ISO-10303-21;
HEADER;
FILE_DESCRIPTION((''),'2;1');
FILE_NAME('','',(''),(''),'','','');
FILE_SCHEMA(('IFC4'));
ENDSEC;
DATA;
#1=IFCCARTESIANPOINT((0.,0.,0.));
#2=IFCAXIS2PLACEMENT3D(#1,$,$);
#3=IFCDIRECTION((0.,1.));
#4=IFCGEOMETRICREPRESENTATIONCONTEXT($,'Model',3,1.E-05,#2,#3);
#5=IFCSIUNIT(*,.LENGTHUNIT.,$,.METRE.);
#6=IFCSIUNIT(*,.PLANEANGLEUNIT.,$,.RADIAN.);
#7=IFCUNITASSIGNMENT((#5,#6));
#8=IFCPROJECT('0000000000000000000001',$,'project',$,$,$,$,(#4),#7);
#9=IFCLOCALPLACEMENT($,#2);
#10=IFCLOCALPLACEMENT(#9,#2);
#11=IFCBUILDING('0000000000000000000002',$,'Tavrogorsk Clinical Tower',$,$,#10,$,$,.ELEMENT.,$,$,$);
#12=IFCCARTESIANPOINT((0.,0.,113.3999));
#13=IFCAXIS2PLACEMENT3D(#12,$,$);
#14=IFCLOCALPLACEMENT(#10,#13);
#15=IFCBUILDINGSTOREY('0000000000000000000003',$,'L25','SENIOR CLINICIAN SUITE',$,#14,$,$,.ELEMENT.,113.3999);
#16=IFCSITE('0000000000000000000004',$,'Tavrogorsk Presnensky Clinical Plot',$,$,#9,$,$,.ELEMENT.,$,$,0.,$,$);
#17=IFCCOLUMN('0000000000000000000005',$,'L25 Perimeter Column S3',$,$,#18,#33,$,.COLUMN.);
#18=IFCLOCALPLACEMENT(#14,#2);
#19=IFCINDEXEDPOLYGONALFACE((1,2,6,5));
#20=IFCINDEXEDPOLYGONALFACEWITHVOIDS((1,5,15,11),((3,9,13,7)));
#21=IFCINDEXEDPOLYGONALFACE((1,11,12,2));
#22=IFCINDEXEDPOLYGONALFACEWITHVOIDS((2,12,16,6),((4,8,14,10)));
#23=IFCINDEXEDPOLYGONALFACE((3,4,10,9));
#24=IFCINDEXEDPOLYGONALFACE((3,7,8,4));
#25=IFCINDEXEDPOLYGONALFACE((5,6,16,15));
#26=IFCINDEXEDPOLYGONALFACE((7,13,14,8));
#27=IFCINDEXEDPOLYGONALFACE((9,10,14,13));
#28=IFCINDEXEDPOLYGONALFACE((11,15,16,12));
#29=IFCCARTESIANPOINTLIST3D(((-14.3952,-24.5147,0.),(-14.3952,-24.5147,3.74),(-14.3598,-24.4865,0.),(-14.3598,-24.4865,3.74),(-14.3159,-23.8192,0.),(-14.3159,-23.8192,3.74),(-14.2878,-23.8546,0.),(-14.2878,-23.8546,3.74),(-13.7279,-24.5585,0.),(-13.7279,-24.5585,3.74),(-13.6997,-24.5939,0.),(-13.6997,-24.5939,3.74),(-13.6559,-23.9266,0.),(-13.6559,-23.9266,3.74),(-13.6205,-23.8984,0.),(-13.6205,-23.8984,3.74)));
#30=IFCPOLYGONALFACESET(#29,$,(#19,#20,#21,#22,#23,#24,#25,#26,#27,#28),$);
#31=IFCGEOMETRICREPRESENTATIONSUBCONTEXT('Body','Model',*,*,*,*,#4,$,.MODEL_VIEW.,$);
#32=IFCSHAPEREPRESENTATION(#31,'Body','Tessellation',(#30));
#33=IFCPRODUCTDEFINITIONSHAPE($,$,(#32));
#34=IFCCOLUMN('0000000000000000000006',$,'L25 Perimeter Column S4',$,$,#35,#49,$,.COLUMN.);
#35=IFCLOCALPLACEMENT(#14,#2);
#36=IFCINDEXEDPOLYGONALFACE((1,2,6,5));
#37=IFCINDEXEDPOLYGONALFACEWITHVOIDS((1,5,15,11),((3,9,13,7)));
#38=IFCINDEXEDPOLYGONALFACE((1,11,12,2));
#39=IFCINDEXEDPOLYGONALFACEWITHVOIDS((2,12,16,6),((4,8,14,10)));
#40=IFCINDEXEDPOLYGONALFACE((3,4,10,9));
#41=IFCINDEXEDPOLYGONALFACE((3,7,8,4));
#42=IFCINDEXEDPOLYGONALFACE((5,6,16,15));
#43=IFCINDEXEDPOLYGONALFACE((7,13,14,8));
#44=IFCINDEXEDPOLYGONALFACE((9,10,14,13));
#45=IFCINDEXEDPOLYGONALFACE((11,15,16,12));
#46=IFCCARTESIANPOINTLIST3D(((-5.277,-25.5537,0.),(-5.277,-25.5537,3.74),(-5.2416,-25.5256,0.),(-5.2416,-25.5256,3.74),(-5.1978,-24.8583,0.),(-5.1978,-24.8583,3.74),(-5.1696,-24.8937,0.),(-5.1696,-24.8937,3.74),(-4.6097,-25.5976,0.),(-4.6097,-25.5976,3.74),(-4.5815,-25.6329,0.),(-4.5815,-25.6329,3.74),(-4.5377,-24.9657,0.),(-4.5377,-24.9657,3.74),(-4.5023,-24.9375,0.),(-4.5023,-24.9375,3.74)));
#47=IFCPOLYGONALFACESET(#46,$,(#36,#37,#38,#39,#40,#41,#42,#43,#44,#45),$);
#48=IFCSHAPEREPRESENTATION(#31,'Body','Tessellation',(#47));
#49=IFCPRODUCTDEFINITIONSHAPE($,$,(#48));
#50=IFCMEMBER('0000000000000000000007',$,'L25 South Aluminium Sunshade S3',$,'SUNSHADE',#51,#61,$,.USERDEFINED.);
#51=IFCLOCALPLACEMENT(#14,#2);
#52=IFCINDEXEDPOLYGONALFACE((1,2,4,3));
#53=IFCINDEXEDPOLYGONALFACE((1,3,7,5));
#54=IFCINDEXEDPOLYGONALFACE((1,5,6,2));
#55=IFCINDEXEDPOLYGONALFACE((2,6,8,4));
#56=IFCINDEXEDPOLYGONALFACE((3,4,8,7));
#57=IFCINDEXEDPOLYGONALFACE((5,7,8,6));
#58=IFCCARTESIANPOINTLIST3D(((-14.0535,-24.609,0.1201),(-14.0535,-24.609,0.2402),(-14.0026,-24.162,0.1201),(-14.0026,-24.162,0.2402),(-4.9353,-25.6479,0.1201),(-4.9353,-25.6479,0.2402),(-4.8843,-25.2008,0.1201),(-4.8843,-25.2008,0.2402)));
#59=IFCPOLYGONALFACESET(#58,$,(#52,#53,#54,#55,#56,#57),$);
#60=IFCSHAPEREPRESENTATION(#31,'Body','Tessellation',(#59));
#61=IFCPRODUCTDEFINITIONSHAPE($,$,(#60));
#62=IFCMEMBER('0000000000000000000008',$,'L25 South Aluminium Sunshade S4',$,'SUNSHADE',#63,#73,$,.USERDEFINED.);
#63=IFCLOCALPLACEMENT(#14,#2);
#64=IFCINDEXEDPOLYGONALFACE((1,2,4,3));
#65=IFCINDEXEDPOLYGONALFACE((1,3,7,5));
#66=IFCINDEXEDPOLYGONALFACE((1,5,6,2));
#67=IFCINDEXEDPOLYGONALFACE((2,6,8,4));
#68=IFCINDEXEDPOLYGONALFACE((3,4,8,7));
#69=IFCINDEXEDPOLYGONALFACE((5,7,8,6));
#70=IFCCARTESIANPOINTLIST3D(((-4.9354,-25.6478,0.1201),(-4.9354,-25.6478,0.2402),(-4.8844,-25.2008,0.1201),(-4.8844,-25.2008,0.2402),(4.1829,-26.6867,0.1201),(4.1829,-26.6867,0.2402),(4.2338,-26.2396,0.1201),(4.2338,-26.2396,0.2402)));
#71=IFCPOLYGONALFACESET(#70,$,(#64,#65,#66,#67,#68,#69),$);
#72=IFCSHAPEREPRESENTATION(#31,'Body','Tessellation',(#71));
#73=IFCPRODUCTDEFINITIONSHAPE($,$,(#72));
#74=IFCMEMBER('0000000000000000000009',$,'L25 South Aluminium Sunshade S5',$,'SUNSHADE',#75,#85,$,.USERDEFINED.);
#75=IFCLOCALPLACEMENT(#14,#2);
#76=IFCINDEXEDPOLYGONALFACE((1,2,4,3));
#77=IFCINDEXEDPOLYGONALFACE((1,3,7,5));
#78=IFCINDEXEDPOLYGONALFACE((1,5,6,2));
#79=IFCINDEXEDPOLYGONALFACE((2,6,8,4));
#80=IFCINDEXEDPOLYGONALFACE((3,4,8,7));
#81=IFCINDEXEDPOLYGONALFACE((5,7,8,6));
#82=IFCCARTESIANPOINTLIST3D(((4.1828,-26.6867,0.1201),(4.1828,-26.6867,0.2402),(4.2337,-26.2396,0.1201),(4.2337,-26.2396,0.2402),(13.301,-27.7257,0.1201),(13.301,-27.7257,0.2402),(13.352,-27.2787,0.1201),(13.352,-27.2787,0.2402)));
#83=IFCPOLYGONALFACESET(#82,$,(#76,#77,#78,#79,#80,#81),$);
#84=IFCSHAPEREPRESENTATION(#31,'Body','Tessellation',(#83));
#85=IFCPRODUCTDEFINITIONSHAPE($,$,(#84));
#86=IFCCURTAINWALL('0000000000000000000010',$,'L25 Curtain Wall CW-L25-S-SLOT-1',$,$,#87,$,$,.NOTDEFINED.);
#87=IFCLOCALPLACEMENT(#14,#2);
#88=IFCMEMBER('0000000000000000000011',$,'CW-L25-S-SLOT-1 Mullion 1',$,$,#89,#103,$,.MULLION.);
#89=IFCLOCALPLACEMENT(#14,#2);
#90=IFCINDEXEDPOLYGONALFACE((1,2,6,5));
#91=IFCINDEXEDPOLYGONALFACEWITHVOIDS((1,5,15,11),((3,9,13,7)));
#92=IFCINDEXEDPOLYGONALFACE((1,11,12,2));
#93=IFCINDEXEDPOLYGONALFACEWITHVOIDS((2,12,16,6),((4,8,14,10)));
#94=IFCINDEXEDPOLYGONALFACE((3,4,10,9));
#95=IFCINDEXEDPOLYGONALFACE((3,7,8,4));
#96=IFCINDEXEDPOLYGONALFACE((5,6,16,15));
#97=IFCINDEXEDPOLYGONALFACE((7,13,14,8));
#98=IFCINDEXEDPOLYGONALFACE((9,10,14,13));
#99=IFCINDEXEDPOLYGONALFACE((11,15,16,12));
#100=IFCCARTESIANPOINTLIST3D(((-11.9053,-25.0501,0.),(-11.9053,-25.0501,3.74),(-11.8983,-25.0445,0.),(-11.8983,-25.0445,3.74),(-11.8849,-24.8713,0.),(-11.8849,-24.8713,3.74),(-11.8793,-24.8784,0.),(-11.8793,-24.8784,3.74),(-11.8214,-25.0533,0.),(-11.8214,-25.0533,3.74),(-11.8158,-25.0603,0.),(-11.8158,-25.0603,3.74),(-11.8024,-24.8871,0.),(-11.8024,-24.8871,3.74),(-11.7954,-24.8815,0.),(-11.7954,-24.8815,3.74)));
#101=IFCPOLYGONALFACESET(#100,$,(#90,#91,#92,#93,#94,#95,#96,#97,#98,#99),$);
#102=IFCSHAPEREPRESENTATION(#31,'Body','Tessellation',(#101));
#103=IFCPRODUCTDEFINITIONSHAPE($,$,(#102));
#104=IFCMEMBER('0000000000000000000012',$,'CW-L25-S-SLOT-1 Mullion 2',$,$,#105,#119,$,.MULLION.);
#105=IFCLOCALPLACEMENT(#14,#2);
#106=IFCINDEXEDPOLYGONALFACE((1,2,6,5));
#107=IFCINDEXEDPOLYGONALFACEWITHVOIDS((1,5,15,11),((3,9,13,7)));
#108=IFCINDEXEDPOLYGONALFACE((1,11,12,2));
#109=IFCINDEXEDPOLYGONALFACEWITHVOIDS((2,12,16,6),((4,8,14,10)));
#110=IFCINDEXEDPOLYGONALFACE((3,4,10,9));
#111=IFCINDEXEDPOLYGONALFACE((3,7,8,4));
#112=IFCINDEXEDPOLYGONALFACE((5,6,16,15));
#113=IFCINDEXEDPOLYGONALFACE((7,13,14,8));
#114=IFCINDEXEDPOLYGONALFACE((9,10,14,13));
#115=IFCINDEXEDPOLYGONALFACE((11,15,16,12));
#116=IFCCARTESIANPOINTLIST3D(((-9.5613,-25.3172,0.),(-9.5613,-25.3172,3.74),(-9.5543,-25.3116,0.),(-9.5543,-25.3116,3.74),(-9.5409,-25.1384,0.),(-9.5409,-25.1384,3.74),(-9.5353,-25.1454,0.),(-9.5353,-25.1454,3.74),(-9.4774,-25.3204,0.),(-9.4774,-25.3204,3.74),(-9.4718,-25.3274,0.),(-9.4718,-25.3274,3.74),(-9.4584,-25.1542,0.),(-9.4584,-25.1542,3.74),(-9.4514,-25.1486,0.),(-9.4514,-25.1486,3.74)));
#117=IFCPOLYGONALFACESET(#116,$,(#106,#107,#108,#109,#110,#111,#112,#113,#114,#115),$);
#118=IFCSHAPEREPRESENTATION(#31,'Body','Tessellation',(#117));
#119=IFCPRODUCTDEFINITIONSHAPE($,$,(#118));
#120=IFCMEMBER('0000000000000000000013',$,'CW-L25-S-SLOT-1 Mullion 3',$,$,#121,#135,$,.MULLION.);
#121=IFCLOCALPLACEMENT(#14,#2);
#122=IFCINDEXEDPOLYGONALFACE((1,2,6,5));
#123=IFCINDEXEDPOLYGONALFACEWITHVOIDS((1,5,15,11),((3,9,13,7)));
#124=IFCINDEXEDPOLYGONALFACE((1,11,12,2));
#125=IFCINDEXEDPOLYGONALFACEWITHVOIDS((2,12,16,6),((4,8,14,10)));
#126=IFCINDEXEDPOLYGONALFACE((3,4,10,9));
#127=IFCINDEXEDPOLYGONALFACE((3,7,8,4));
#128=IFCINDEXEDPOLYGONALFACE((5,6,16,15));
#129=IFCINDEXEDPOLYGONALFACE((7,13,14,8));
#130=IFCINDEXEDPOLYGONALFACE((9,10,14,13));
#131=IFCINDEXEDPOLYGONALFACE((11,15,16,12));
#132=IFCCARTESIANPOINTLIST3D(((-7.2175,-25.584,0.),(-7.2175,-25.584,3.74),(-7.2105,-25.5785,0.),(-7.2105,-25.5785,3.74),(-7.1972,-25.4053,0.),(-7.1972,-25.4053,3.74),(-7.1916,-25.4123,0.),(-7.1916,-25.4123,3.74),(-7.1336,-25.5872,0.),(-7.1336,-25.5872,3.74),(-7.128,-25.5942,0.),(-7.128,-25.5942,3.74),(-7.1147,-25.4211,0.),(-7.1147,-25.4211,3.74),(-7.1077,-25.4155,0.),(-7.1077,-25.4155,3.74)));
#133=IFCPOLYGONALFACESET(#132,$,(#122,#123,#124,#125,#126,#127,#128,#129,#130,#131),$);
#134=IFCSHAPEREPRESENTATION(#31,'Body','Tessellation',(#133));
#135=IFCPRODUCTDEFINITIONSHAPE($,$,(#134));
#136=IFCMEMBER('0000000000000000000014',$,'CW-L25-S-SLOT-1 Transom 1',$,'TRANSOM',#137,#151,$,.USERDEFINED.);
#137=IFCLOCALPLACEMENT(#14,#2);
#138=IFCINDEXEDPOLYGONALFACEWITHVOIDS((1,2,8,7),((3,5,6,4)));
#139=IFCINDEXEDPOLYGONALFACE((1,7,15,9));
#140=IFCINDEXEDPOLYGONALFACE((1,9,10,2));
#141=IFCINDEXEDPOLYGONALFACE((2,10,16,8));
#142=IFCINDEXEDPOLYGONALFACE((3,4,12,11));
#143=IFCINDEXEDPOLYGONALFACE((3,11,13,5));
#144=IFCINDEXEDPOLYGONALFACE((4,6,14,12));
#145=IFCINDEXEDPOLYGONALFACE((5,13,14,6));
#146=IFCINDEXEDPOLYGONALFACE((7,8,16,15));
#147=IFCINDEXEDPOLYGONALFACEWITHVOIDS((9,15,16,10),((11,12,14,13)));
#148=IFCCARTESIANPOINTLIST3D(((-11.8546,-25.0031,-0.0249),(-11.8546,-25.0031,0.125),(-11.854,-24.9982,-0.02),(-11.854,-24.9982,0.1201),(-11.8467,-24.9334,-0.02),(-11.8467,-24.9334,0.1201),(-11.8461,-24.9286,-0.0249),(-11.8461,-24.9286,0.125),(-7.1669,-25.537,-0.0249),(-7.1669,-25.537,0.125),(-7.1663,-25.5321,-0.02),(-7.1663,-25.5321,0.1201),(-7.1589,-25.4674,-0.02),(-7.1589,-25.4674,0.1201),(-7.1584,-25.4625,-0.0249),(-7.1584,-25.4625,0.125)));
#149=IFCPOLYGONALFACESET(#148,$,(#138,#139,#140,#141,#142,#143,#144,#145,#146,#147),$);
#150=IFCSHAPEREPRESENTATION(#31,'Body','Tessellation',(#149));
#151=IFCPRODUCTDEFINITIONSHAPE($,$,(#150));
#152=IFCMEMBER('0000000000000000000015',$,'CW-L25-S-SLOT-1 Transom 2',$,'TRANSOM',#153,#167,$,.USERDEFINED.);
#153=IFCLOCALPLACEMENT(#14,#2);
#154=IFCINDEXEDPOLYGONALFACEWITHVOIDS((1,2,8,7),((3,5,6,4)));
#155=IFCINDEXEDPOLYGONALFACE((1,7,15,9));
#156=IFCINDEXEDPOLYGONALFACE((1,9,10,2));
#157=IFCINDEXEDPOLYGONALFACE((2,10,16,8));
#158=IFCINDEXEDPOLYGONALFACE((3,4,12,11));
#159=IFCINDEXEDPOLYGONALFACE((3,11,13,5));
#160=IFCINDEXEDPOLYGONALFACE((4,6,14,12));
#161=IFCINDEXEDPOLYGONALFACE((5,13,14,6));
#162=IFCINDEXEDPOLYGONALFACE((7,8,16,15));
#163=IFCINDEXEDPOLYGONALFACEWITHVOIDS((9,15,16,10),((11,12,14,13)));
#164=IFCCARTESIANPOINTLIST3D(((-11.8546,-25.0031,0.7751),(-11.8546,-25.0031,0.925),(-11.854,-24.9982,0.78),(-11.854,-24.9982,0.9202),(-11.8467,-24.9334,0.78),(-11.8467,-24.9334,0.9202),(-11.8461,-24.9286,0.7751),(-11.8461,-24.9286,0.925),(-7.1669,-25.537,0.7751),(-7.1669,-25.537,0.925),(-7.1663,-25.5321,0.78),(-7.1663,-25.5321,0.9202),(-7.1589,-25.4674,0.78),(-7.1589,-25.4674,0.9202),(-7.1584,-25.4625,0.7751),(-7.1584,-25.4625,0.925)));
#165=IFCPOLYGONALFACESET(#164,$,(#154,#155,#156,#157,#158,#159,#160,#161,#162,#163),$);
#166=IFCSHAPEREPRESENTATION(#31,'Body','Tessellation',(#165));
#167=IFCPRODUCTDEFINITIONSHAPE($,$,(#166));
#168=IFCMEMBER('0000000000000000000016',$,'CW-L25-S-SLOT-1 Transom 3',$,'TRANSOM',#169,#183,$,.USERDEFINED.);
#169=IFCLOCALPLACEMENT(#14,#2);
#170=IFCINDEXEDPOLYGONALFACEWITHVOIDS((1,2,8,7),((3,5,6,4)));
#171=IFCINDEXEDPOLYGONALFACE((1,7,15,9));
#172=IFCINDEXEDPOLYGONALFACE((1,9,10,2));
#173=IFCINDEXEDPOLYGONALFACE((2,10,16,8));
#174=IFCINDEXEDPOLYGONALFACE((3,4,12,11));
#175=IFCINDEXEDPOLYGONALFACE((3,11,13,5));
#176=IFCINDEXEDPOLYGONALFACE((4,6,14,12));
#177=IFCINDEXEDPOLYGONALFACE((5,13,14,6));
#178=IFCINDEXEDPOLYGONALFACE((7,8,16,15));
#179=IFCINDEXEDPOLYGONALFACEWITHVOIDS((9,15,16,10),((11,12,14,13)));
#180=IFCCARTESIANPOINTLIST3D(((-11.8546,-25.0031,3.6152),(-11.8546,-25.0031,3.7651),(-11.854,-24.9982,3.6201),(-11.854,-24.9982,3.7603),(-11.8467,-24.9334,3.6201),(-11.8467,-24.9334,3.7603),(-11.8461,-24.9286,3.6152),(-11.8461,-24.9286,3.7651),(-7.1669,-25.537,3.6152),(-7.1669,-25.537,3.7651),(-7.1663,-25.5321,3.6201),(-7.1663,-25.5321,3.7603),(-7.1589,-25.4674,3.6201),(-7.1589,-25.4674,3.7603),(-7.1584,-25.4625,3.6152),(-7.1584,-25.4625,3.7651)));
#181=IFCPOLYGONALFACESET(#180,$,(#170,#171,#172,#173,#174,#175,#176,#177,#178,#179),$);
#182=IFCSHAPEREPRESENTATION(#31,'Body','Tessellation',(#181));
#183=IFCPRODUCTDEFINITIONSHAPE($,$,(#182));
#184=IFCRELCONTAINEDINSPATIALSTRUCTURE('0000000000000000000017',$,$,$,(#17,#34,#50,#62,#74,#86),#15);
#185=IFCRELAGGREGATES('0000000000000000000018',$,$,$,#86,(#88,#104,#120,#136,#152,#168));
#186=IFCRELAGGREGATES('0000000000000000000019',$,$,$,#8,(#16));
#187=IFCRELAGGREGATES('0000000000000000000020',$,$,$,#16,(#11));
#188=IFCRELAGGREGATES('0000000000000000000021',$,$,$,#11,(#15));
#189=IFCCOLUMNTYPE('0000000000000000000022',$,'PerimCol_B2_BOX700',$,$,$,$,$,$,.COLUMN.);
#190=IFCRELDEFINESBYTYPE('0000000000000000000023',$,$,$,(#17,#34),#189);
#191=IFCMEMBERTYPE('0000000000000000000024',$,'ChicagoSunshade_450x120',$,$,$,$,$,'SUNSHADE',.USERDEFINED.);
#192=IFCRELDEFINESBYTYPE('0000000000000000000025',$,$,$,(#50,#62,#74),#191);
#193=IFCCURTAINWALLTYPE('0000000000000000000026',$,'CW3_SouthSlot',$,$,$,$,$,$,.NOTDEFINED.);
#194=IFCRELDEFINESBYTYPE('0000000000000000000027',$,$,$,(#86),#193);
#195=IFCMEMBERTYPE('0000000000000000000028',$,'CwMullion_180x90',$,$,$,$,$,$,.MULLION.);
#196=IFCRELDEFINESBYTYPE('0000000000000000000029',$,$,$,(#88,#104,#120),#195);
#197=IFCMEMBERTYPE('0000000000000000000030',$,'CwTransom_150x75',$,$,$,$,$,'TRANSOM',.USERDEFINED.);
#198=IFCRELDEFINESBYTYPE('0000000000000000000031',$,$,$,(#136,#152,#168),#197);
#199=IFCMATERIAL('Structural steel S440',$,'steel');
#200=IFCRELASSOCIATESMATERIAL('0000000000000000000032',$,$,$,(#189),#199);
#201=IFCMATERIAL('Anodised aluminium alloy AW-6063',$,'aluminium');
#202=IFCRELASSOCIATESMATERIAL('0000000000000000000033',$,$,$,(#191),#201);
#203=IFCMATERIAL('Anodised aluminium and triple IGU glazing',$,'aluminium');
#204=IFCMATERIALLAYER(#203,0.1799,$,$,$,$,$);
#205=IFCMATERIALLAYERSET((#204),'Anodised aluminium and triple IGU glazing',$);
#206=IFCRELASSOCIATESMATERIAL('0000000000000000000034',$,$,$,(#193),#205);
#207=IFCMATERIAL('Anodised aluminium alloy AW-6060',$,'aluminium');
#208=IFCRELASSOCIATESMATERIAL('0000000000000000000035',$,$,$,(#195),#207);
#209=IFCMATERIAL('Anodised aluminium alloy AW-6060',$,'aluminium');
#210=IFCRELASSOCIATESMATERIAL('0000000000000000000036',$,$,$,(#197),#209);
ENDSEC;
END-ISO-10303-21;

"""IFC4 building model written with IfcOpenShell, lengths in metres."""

from ifc_helpers import new_model, si_unit, direction, frame, origin, origin_2d, place, context, subcontext, project, spatial, rectangle, hollow_rectangle, extrude, material, layer, layer_set, material_profile, profile_set, type_object, element, aggregate, save


model = new_model("IFC4")

# Units and contexts
model_context = context("Model", 3, precision=1e-05, world=origin(), true_north=direction((0.0, 1.0)))
body_context = subcontext(model_context, "Body", "Model", "MODEL_VIEW")
ifc_project = project(units=[si_unit("LENGTHUNIT", "METRE"), si_unit("PLANEANGLEUNIT", "RADIAN")], contexts=[model_context])

# Site, building, storey
site_placement = place(None, origin())
site = spatial("IfcSite", under=ifc_project, at=site_placement, Name="Tavrogorsk Presnensky Clinical Plot", CompositionType="ELEMENT", RefElevation=0.0)
building_placement = place(site_placement, origin())
building = spatial("IfcBuilding", under=site, at=building_placement, Name="Tavrogorsk Clinical Tower", CompositionType="ELEMENT")
storey_placement = place(building_placement, frame((0.0, 0.0, 113.3999)))
storey = spatial("IfcBuildingStorey", under=building, at=storey_placement, Name="L25", Description="SENIOR CLINICIAN SUITE", CompositionType="ELEMENT", Elevation=113.3999)

# Columns
ifc_material_1 = material(Name="Structural steel S440", Category="steel")
ifc_material_profile_1 = material_profile(ifc_material_1, hollow_rectangle(XDim=0.7, YDim=0.7, WallThickness=0.032, at=origin_2d()), Name="BOX-700x700x32")
ifc_profile_set_1 = profile_set([ifc_material_profile_1], Name="Structural steel S440")
column_type = type_object("IfcColumnType", Name="PerimCol_B2_BOX700", PredefinedType="COLUMN", material=ifc_profile_set_1)
for number, where, z_axis, x_axis, name in (
    (1, (-14.0078, -24.2065, 0.0), (0.0, 0.0, 1.0), (0.993572, -0.113203, 0.0), "L25 Perimeter Column S3"),
    (2, (-4.8896, -25.2456, 0.0), (0.0, 0.0, 1.0), (0.993572, -0.113203, 0.0), "L25 Perimeter Column S4"),
):
    element("IfcColumn", number, at=place(storey_placement, frame(where, z_axis=z_axis, x_axis=x_axis)), inside=storey, type_object=column_type, Name=name, PredefinedType="COLUMN", context=body_context, shape_type="SweptSolid", body=[
        extrude(hollow_rectangle(XDim=0.7, YDim=0.7, WallThickness=0.032, at=origin_2d()), origin(), (0.0, 0.0, 1.0), 3.74),
    ])

# Members
ifc_material_2 = material(Name="Anodised aluminium alloy AW-6063", Category="aluminium")
ifc_material_profile_2 = material_profile(ifc_material_2, rectangle(XDim=0.45, YDim=0.1201, at=origin_2d()), Name="ALU-SUNSHADE-450x120")
ifc_profile_set_2 = profile_set([ifc_material_profile_2], Name="Anodised aluminium alloy AW-6063")
member_type_1 = type_object("IfcMemberType", Name="ChicagoSunshade_450x120", ElementType="SUNSHADE", PredefinedType="USERDEFINED", material=ifc_profile_set_2)
for number, where, z_axis, x_axis, name in (
    (3, (-14.0281, -24.3855, 0.1802), (0.993573, -0.113196, 0.0), (0.113196, 0.993573, 0.0), "L25 South Aluminium Sunshade S3"),
    (4, (-4.9099, -25.4243, 0.1802), (0.993573, -0.113196, 0.0), (0.113196, 0.993573, 0.0), "L25 South Aluminium Sunshade S4"),
    (5, (4.2083, -26.4631, 0.1802), (0.99357, -0.113222, 0.0), (0.113222, 0.99357, 0.0), "L25 South Aluminium Sunshade S5"),
):
    element("IfcMember", number, at=place(storey_placement, frame(where, z_axis=z_axis, x_axis=x_axis)), inside=storey, type_object=member_type_1, Name=name, ObjectType="SUNSHADE", PredefinedType="USERDEFINED", context=body_context, shape_type="SweptSolid", body=[
        extrude(rectangle(XDim=0.45, YDim=0.1201, at=origin_2d()), origin(), (0.0, 0.0, 1.0), 9.1772),
    ])

# Curtain wall, members
ifc_material_3 = material(Name="Anodised aluminium and triple IGU glazing", Category="aluminium")
ifc_layer_1 = layer(ifc_material_3, 0.1799)
ifc_layer_set_1 = layer_set([ifc_layer_1], Name="Anodised aluminium and triple IGU glazing")
curtain_wall_type = type_object("IfcCurtainWallType", Name="CW3_SouthSlot", PredefinedType="NOTDEFINED", material=ifc_layer_set_1)
curtain_wall_placement = place(storey_placement, origin())
curtain_wall = element("IfcCurtainWall", 6, at=curtain_wall_placement, inside=storey, type_object=curtain_wall_type, Name="L25 Curtain Wall CW-L25-S-SLOT-1", PredefinedType="NOTDEFINED")
ifc_material_4 = material(Name="Anodised aluminium alloy AW-6060", Category="aluminium")
ifc_material_profile_3 = material_profile(ifc_material_4, hollow_rectangle(XDim=0.0901, YDim=0.1799, WallThickness=0.0063, at=origin_2d()), Name="RHS-180x90x6.3")
ifc_profile_set_3 = profile_set([ifc_material_profile_3], Name="Anodised aluminium alloy AW-6060")
member_type_2 = type_object("IfcMemberType", Name="CwMullion_180x90", PredefinedType="MULLION", material=ifc_profile_set_3)
member_1_placement = place(storey_placement, frame((-11.8503, -24.9658, 0.0), z_axis=(0.0, 0.0, 1.0), x_axis=(0.993572, -0.113203, 0.0)))
member_1 = element("IfcMember", 7, at=member_1_placement, type_object=member_type_2, Name="CW-L25-S-SLOT-1 Mullion 1", PredefinedType="MULLION", context=body_context, shape_type="SweptSolid", body=[
    extrude(hollow_rectangle(XDim=0.0901, YDim=0.1799, WallThickness=0.0063, at=origin_2d()), origin(), (0.0, 0.0, 1.0), 3.74),
])
member_2_placement = place(storey_placement, frame((-9.5063, -25.2329, 0.0), z_axis=(0.0, 0.0, 1.0), x_axis=(0.993572, -0.113203, 0.0)))
member_2 = element("IfcMember", 8, at=member_2_placement, type_object=member_type_2, Name="CW-L25-S-SLOT-1 Mullion 2", PredefinedType="MULLION", context=body_context, shape_type="SweptSolid", body=[
    extrude(hollow_rectangle(XDim=0.0901, YDim=0.1799, WallThickness=0.0063, at=origin_2d()), origin(), (0.0, 0.0, 1.0), 3.74),
])
member_3_placement = place(storey_placement, frame((-7.1626, -25.4998, 0.0), z_axis=(0.0, 0.0, 1.0), x_axis=(0.993572, -0.113203, 0.0)))
member_3 = element("IfcMember", 9, at=member_3_placement, type_object=member_type_2, Name="CW-L25-S-SLOT-1 Mullion 3", PredefinedType="MULLION", context=body_context, shape_type="SweptSolid", body=[
    extrude(hollow_rectangle(XDim=0.0901, YDim=0.1799, WallThickness=0.0063, at=origin_2d()), origin(), (0.0, 0.0, 1.0), 3.74),
])
ifc_material_5 = material(Name="Anodised aluminium alloy AW-6060", Category="aluminium")
ifc_material_profile_4 = material_profile(ifc_material_5, hollow_rectangle(XDim=0.075, YDim=0.1499, WallThickness=0.0049, at=origin_2d()), Name="RHS-150x75x5")
ifc_profile_set_4 = profile_set([ifc_material_profile_4], Name="Anodised aluminium alloy AW-6060")
member_type_3 = type_object("IfcMemberType", Name="CwTransom_150x75", ElementType="TRANSOM", PredefinedType="USERDEFINED", material=ifc_profile_set_4)
member_4_placement = place(storey_placement, frame((-11.8503, -24.9658, 0.05), z_axis=(0.993576, -0.113169, 0.0), x_axis=(0.113169, 0.993576, 0.0)))
member_4 = element("IfcMember", 10, at=member_4_placement, type_object=member_type_3, Name="CW-L25-S-SLOT-1 Transom 1", ObjectType="TRANSOM", PredefinedType="USERDEFINED", context=body_context, shape_type="SweptSolid", body=[
    extrude(hollow_rectangle(XDim=0.075, YDim=0.1499, WallThickness=0.0049, at=origin_2d()), origin(), (0.0, 0.0, 1.0), 4.718),
])
member_5_placement = place(storey_placement, frame((-11.8503, -24.9658, 0.8501), z_axis=(0.993576, -0.113169, 0.0), x_axis=(0.113169, 0.993576, 0.0)))
member_5 = element("IfcMember", 11, at=member_5_placement, type_object=member_type_3, Name="CW-L25-S-SLOT-1 Transom 2", ObjectType="TRANSOM", PredefinedType="USERDEFINED", context=body_context, shape_type="SweptSolid", body=[
    extrude(hollow_rectangle(XDim=0.075, YDim=0.1499, WallThickness=0.0049, at=origin_2d()), origin(), (0.0, 0.0, 1.0), 4.718),
])
member_6_placement = place(storey_placement, frame((-11.8503, -24.9658, 3.6902), z_axis=(0.993576, -0.113169, 0.0), x_axis=(0.113169, 0.993576, 0.0)))
member_6 = element("IfcMember", 12, at=member_6_placement, type_object=member_type_3, Name="CW-L25-S-SLOT-1 Transom 3", ObjectType="TRANSOM", PredefinedType="USERDEFINED", context=body_context, shape_type="SweptSolid", body=[
    extrude(hollow_rectangle(XDim=0.075, YDim=0.1499, WallThickness=0.0049, at=origin_2d()), origin(), (0.0, 0.0, 1.0), 4.718),
])

aggregate(curtain_wall, [member_1, member_2, member_3, member_4, member_5, member_6])

save(model, "model.ifc")
